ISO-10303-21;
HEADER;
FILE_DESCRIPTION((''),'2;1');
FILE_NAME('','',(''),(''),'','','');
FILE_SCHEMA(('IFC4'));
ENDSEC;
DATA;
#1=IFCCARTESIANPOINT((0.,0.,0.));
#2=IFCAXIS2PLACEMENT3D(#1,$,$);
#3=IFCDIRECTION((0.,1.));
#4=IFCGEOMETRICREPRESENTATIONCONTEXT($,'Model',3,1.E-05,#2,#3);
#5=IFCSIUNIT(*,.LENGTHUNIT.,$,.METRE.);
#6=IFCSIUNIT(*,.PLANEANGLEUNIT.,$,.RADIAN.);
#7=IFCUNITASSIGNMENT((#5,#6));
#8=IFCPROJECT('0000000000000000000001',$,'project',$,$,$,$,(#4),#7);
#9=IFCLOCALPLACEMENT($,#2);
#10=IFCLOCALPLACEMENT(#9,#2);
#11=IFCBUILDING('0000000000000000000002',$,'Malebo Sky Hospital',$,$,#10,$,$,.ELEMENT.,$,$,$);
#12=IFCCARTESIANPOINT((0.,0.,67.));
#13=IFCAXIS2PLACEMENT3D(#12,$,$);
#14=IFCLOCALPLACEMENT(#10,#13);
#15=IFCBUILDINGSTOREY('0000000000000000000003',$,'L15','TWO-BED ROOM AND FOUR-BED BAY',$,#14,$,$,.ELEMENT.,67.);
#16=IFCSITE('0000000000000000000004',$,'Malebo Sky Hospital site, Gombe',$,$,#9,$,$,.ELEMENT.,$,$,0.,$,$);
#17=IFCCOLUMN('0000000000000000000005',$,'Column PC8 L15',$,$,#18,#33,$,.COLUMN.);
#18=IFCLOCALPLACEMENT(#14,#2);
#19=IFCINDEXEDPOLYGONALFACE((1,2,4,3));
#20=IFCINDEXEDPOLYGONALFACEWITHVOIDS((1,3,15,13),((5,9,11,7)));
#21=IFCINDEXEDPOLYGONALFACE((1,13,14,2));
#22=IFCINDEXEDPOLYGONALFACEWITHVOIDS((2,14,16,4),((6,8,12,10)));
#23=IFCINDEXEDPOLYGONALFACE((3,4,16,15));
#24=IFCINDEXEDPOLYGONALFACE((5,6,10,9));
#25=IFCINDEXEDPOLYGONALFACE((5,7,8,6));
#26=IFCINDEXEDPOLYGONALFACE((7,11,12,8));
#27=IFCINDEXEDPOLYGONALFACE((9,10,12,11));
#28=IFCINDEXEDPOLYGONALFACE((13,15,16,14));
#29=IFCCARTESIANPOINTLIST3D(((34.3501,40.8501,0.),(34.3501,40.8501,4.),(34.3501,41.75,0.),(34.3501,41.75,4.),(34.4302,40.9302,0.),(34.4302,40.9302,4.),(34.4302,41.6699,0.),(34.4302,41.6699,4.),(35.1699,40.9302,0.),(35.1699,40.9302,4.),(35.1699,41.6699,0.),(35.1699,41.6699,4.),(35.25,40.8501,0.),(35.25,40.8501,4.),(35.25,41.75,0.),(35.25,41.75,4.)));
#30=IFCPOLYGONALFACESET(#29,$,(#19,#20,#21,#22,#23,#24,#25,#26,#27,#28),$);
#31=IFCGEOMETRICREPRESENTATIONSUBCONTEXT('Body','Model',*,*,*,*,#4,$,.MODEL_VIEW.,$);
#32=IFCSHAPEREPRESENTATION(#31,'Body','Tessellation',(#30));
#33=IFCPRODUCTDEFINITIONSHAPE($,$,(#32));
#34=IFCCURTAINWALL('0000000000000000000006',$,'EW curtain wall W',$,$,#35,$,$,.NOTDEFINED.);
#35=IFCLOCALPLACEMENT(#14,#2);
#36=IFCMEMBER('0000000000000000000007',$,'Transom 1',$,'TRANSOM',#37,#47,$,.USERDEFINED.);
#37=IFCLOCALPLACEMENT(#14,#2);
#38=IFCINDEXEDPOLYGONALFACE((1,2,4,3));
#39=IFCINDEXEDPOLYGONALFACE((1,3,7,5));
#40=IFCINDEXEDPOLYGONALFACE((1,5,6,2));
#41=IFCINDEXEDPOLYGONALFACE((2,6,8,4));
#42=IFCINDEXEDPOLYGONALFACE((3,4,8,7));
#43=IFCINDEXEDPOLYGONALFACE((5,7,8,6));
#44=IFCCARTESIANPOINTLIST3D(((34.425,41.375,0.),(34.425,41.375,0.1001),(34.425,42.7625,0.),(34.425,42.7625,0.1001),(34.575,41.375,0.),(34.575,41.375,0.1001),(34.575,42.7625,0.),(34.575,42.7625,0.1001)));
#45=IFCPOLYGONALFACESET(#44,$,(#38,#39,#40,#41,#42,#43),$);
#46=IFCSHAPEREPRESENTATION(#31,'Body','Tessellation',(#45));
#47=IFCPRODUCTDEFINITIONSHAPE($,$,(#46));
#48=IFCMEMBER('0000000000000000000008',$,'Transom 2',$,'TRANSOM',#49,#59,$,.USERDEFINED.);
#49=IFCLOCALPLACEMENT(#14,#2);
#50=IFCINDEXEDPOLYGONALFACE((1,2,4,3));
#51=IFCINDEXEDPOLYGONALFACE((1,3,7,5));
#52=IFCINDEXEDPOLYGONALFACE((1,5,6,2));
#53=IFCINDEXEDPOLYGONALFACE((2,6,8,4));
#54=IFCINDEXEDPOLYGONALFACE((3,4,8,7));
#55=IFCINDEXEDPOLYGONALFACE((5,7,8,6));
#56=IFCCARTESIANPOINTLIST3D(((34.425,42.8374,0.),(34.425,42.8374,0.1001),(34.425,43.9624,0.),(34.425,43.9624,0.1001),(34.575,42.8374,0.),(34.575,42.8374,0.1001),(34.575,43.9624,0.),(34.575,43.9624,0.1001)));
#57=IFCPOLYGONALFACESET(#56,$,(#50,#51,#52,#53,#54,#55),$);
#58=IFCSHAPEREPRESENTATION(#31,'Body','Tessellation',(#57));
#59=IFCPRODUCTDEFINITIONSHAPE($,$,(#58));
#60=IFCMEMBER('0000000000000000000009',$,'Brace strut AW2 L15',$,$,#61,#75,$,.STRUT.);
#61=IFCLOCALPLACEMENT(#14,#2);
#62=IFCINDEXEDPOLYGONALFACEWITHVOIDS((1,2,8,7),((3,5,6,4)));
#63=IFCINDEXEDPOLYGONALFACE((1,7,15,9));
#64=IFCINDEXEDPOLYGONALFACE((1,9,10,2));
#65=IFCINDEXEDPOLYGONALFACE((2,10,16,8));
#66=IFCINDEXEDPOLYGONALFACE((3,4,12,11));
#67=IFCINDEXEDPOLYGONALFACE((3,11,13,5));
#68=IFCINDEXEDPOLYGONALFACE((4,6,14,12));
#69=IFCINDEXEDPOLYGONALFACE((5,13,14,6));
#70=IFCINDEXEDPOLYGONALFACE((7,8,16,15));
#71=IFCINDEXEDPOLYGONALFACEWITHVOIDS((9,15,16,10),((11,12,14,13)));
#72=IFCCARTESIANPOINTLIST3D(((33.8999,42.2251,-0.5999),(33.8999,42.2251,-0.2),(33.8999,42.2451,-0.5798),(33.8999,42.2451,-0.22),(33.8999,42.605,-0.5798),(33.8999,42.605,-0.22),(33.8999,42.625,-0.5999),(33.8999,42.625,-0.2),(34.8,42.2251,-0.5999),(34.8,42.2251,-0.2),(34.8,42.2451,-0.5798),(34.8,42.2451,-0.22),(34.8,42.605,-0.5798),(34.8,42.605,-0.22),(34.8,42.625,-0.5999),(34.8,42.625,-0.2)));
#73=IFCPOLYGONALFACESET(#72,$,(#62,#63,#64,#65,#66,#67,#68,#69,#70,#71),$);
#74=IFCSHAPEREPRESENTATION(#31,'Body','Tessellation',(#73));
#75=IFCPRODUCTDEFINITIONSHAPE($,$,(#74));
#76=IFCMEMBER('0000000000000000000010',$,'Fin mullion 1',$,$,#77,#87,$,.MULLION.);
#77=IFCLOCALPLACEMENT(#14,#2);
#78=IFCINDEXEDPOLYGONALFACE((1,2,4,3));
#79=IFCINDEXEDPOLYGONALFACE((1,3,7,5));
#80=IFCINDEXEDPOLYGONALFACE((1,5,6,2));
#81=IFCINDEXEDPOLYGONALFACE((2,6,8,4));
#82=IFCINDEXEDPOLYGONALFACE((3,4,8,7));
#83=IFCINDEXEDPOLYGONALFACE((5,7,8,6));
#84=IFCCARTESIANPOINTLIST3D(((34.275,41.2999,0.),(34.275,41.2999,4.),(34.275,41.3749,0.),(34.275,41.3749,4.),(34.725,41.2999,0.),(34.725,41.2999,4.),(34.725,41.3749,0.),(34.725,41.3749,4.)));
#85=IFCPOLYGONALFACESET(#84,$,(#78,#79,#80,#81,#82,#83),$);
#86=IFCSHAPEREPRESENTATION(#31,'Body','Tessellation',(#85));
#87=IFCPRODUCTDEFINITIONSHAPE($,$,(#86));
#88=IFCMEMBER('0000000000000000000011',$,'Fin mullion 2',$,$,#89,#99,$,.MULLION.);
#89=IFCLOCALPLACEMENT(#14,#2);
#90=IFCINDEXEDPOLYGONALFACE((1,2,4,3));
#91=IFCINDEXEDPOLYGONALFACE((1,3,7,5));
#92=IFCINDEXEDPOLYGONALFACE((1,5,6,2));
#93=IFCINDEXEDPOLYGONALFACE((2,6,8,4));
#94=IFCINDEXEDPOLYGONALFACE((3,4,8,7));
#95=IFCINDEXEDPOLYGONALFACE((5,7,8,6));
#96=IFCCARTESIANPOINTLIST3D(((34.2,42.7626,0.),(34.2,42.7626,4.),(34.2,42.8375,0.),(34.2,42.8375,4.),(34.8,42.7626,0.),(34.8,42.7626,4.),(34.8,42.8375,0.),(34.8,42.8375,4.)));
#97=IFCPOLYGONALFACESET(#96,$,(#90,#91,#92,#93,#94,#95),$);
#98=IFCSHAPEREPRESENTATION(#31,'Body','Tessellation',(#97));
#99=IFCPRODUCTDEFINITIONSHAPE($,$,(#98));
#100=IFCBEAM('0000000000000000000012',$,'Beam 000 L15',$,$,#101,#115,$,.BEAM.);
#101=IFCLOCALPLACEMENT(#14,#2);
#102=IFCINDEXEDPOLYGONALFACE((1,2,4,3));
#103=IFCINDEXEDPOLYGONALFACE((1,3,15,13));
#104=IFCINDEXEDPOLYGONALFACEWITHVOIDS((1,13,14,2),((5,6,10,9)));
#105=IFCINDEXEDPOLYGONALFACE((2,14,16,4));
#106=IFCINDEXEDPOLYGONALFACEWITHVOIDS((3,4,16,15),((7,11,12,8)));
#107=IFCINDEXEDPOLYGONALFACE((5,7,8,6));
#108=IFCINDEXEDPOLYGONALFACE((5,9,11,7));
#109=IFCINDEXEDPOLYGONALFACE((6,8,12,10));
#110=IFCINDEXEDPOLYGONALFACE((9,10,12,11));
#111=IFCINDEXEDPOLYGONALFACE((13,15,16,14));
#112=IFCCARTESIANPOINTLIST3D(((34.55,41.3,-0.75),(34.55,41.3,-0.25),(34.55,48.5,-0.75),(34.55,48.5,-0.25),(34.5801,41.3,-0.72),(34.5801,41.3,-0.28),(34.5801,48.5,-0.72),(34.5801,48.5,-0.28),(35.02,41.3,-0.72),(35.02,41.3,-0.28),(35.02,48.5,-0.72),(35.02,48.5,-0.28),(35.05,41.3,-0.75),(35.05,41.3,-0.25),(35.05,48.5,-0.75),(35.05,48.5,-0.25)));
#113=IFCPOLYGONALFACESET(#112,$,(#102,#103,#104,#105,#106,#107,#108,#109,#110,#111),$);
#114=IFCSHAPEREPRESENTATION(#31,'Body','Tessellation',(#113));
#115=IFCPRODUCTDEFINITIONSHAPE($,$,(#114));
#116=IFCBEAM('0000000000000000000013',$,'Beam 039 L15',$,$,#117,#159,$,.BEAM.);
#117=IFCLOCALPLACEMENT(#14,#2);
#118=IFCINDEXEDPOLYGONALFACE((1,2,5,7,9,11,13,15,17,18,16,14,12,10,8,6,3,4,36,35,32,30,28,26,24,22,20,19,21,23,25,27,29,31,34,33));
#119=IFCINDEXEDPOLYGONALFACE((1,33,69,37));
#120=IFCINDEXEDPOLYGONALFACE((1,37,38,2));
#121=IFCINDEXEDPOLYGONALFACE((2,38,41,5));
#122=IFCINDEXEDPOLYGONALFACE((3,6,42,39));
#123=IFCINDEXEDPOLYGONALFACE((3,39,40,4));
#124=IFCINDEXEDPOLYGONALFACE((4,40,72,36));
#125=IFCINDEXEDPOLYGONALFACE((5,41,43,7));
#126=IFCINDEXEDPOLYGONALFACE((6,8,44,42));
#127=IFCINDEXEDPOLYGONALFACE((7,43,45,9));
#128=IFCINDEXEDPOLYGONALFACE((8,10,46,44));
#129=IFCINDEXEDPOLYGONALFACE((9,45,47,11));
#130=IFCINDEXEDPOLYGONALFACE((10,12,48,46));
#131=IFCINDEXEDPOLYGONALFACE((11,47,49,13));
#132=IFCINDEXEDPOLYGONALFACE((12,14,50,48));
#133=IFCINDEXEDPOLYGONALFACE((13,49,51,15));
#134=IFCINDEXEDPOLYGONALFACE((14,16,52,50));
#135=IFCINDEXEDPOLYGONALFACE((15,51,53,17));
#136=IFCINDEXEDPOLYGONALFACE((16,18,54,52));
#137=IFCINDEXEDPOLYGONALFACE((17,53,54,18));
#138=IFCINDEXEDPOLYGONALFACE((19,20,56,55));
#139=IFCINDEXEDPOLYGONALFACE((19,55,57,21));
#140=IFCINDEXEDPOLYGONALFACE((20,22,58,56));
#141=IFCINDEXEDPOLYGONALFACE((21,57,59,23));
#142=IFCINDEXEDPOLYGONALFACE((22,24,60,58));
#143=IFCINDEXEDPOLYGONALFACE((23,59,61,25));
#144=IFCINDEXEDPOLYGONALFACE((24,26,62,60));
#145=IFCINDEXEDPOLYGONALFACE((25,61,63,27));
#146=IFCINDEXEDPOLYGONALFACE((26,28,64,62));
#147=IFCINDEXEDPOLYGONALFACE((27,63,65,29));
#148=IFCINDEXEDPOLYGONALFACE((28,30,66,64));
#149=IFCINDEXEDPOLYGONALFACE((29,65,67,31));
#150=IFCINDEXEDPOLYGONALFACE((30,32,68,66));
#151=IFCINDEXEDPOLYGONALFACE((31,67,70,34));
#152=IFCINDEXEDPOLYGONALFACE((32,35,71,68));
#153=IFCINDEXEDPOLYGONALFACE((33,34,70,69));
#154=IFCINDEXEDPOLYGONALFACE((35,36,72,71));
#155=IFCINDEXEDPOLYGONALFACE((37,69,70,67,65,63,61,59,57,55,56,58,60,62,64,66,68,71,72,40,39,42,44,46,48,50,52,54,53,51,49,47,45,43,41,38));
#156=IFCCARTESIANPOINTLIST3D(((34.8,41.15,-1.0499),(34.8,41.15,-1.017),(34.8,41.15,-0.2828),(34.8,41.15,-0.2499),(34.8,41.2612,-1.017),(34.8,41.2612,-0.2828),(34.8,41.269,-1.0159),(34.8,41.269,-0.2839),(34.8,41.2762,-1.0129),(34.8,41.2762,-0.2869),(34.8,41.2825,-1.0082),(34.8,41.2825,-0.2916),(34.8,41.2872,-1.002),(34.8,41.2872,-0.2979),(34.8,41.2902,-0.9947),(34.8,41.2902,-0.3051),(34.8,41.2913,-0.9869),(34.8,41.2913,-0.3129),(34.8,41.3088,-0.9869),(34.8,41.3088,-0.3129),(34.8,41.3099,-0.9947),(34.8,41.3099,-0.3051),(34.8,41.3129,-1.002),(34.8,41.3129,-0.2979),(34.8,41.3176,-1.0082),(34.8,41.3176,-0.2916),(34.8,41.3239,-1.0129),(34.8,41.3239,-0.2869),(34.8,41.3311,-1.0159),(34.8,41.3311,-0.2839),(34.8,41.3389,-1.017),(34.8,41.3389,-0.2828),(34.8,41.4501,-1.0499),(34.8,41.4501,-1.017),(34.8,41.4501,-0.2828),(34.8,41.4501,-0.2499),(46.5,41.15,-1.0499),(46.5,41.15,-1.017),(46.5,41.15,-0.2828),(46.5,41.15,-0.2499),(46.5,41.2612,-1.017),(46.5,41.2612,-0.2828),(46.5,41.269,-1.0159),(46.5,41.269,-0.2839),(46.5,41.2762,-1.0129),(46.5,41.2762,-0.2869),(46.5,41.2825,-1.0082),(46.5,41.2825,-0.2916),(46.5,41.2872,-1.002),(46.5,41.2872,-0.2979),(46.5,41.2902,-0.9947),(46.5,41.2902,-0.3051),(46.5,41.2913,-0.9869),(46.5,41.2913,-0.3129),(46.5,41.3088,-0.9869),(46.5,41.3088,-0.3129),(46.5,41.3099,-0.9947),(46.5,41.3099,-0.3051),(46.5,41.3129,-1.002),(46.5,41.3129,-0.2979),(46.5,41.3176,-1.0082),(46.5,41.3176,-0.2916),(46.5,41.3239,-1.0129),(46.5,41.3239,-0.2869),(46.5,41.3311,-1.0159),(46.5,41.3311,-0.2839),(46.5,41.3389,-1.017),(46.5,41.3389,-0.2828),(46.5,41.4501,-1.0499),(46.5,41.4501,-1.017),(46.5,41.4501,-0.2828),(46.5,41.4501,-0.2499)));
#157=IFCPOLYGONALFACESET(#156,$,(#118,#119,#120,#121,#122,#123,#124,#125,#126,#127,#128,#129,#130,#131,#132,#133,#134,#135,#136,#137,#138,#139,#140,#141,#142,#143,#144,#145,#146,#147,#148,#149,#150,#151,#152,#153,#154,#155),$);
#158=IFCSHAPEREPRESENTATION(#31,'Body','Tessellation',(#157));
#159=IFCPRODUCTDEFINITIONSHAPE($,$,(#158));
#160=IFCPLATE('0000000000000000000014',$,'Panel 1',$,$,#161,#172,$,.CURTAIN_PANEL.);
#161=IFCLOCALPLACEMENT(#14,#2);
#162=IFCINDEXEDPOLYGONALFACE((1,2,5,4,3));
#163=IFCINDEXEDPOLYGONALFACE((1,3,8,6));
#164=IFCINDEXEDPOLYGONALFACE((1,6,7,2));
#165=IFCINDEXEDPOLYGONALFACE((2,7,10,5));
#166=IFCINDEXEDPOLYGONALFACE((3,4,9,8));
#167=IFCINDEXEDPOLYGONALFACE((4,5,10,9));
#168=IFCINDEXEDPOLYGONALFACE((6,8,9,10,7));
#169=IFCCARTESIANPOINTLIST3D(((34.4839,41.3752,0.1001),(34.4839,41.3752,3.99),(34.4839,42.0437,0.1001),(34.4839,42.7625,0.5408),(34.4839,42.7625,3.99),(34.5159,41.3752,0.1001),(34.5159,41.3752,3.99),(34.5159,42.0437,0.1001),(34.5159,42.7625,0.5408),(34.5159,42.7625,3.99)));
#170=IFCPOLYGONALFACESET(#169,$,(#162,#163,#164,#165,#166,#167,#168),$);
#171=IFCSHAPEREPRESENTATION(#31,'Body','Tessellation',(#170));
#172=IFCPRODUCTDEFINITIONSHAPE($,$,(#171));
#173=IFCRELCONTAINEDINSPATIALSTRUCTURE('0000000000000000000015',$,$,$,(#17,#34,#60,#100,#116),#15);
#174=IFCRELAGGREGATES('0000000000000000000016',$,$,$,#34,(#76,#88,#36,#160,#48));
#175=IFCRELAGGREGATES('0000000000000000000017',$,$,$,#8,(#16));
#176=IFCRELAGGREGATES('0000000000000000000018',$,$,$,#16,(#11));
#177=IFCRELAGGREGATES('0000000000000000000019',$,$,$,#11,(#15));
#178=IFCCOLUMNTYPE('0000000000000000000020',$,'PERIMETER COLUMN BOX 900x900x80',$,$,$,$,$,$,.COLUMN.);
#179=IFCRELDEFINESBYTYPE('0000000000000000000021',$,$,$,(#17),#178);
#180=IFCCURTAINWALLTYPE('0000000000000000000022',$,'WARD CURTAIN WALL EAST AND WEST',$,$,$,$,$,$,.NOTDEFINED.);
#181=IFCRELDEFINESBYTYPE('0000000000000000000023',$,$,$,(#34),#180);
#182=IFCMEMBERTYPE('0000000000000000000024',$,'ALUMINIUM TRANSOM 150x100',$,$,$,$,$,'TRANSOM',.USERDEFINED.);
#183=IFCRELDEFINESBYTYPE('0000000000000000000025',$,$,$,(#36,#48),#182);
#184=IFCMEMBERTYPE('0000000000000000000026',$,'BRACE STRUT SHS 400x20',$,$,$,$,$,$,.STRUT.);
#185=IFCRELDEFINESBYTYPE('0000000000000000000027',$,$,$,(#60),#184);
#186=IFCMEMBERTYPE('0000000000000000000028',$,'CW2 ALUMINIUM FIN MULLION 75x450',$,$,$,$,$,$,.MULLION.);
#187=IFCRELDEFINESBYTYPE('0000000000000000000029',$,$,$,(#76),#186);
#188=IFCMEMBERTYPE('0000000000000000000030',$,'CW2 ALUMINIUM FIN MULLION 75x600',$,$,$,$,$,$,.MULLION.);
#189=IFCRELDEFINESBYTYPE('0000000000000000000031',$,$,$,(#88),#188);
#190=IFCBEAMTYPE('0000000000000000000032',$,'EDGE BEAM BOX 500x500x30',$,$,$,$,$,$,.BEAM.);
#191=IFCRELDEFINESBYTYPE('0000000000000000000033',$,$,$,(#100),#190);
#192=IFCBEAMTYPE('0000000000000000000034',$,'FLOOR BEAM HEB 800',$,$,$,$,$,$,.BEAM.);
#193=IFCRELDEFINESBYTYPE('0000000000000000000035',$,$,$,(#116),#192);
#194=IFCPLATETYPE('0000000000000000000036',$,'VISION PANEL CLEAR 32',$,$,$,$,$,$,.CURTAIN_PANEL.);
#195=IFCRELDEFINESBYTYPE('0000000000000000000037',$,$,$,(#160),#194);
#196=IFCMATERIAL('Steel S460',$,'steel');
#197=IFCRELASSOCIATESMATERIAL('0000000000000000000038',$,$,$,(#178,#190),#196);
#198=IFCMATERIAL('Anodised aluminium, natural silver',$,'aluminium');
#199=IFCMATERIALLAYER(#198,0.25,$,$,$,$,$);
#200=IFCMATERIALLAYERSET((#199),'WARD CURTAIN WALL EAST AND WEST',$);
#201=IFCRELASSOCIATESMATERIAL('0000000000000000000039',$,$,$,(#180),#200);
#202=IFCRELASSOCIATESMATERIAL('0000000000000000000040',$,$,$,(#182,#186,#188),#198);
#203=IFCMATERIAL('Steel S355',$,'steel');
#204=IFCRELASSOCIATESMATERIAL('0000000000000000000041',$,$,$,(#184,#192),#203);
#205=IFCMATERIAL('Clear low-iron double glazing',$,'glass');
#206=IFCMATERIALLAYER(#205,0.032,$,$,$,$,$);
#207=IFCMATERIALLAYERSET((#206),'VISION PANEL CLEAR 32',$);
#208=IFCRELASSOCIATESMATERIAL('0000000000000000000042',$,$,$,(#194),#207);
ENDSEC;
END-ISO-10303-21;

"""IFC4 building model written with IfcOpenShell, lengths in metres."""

from ifc_helpers import new_model, si_unit, direction, frame, origin, origin_2d, place, context, subcontext, project, spatial, polyline, rectangle, hollow_rectangle, i_section, outline, extrude, material, layer, layer_set, material_profile, profile_set, type_object, element, aggregate, save


model = new_model("IFC4")

# Units and contexts
model_context = context("Model", 3, precision=1e-05, world=origin(), true_north=direction((0.0, 1.0)))
body_context = subcontext(model_context, "Body", "Model", "MODEL_VIEW")
ifc_project = project(units=[si_unit("LENGTHUNIT", "METRE"), si_unit("PLANEANGLEUNIT", "RADIAN")], contexts=[model_context])

# Site, building, storey
site_placement = place(None, origin())
site = spatial("IfcSite", under=ifc_project, at=site_placement, Name="Malebo Sky Hospital site, Gombe", CompositionType="ELEMENT", RefElevation=0.0)
building_placement = place(site_placement, origin())
building = spatial("IfcBuilding", under=site, at=building_placement, Name="Malebo Sky Hospital", CompositionType="ELEMENT")
storey_placement = place(building_placement, frame((0.0, 0.0, 67.0)))
storey = spatial("IfcBuildingStorey", under=building, at=storey_placement, Name="L15", Description="TWO-BED ROOM AND FOUR-BED BAY", CompositionType="ELEMENT", Elevation=67.0)

# Column
ifc_material_1 = material(Name="Steel S460", Category="steel")
ifc_material_profile_1 = material_profile(ifc_material_1, hollow_rectangle(XDim=0.8999, YDim=0.8999, WallThickness=0.0801, at=origin_2d()), Name="BOX 900x900x80")
ifc_profile_set_1 = profile_set([ifc_material_profile_1], Name="Steel S460")
column_type = type_object("IfcColumnType", Name="PERIMETER COLUMN BOX 900x900x80", PredefinedType="COLUMN", material=ifc_profile_set_1)
column_placement = place(storey_placement, frame((34.8, 41.3, 0.0), z_axis=(0.0, 0.0, 1.0), x_axis=(1.0, 0.0, 0.0)))
element("IfcColumn", 1, at=column_placement, inside=storey, type_object=column_type, Name="Column PC8 L15", PredefinedType="COLUMN", context=body_context, shape_type="SweptSolid", body=[
    extrude(hollow_rectangle(XDim=0.8999, YDim=0.8999, WallThickness=0.0801, at=origin_2d()), origin(), (0.0, 0.0, 1.0), 4.0),
])

# Curtain wall, members
ifc_material_2 = material(Name="Anodised aluminium, natural silver", Category="aluminium")
ifc_layer_1 = layer(ifc_material_2, 0.25)
ifc_layer_set_1 = layer_set([ifc_layer_1], Name="WARD CURTAIN WALL EAST AND WEST")
curtain_wall_type = type_object("IfcCurtainWallType", Name="WARD CURTAIN WALL EAST AND WEST", PredefinedType="NOTDEFINED", material=ifc_layer_set_1)
curtain_wall_placement = place(storey_placement, origin())
curtain_wall = element("IfcCurtainWall", 2, at=curtain_wall_placement, inside=storey, type_object=curtain_wall_type, Name="EW curtain wall W", PredefinedType="NOTDEFINED")
ifc_material_profile_2 = material_profile(ifc_material_2, rectangle(XDim=0.1499, YDim=0.1001, at=origin_2d()), Name="ALUMINIUM TRANSOM 150x100")
ifc_profile_set_2 = profile_set([ifc_material_profile_2], Name="Anodised aluminium, natural silver")
member_type_1 = type_object("IfcMemberType", Name="ALUMINIUM TRANSOM 150x100", ElementType="TRANSOM", PredefinedType="USERDEFINED", material=ifc_profile_set_2)
member_1_placement = place(storey_placement, frame((34.5, 41.375, 0.05), z_axis=(0.0, 1.0, 0.0), x_axis=(-1.0, 0.0, 0.0)))
member_1 = element("IfcMember", 3, at=member_1_placement, type_object=member_type_1, Name="Transom 1", ObjectType="TRANSOM", PredefinedType="USERDEFINED", context=body_context, shape_type="SweptSolid", body=[
    extrude(rectangle(XDim=0.1499, YDim=0.1001, at=origin_2d()), origin(), (0.0, 0.0, 1.0), 1.3875),
])
member_2_placement = place(storey_placement, frame((34.5, 42.8374, 0.05), z_axis=(0.0, 1.0, 0.0), x_axis=(-1.0, 0.0, 0.0)))
member_2 = element("IfcMember", 4, at=member_2_placement, type_object=member_type_1, Name="Transom 2", ObjectType="TRANSOM", PredefinedType="USERDEFINED", context=body_context, shape_type="SweptSolid", body=[
    extrude(rectangle(XDim=0.1499, YDim=0.1001, at=origin_2d()), origin(), (0.0, 0.0, 1.0), 1.125),
])

# Members
ifc_material_3 = material(Name="Steel S355", Category="steel")
ifc_material_profile_3 = material_profile(ifc_material_3, hollow_rectangle(XDim=0.3999, YDim=0.3999, WallThickness=0.02, at=origin_2d()), Name="SHS 400x20")
ifc_profile_set_3 = profile_set([ifc_material_profile_3], Name="Steel S355")
member_type_2 = type_object("IfcMemberType", Name="BRACE STRUT SHS 400x20", PredefinedType="STRUT", material=ifc_profile_set_3)
member_3_placement = place(storey_placement, frame((33.8999, 42.425, -0.3999), z_axis=(1.0, 0.0, 0.0), x_axis=(0.0, 1.0, 0.0)))
element("IfcMember", 5, at=member_3_placement, inside=storey, type_object=member_type_2, Name="Brace strut AW2 L15", PredefinedType="STRUT", context=body_context, shape_type="SweptSolid", body=[
    extrude(hollow_rectangle(XDim=0.3999, YDim=0.3999, WallThickness=0.02, at=origin_2d()), origin(), (0.0, 0.0, 1.0), 0.9001),
])
ifc_material_profile_4 = material_profile(ifc_material_2, rectangle(XDim=0.075, YDim=0.45, at=origin_2d()), Name="CW2 ALUMINIUM FIN MULLION 75x450")
ifc_profile_set_4 = profile_set([ifc_material_profile_4], Name="Anodised aluminium, natural silver")
member_type_3 = type_object("IfcMemberType", Name="CW2 ALUMINIUM FIN MULLION 75x450", PredefinedType="MULLION", material=ifc_profile_set_4)
member_4_placement = place(storey_placement, frame((34.5, 41.3374, 0.0), z_axis=(0.0, 0.0, 1.0), x_axis=(0.0, 1.0, 0.0)))
member_4 = element("IfcMember", 6, at=member_4_placement, type_object=member_type_3, Name="Fin mullion 1", PredefinedType="MULLION", context=body_context, shape_type="SweptSolid", body=[
    extrude(rectangle(XDim=0.075, YDim=0.45, at=origin_2d()), origin(), (0.0, 0.0, 1.0), 4.0),
])
ifc_material_profile_5 = material_profile(ifc_material_2, rectangle(XDim=0.075, YDim=0.6001, at=origin_2d()), Name="CW2 ALUMINIUM FIN MULLION 75x600")
ifc_profile_set_5 = profile_set([ifc_material_profile_5], Name="Anodised aluminium, natural silver")
member_type_4 = type_object("IfcMemberType", Name="CW2 ALUMINIUM FIN MULLION 75x600", PredefinedType="MULLION", material=ifc_profile_set_5)
member_5_placement = place(storey_placement, frame((34.5, 42.8, 0.0), z_axis=(0.0, 0.0, 1.0), x_axis=(0.0, 1.0, 0.0)))
member_5 = element("IfcMember", 7, at=member_5_placement, type_object=member_type_4, Name="Fin mullion 2", PredefinedType="MULLION", context=body_context, shape_type="SweptSolid", body=[
    extrude(rectangle(XDim=0.075, YDim=0.6001, at=origin_2d()), origin(), (0.0, 0.0, 1.0), 4.0),
])

# Beams
ifc_material_profile_6 = material_profile(ifc_material_1, hollow_rectangle(XDim=0.5, YDim=0.5, WallThickness=0.03, at=origin_2d()), Name="BOX 500x500x30")
ifc_profile_set_6 = profile_set([ifc_material_profile_6], Name="Steel S460")
beam_type_1 = type_object("IfcBeamType", Name="EDGE BEAM BOX 500x500x30", PredefinedType="BEAM", material=ifc_profile_set_6)
beam_1_placement = place(storey_placement, frame((34.8, 41.3, -0.5), z_axis=(0.0, 1.0, 0.0), x_axis=(-1.0, 0.0, 0.0)))
element("IfcBeam", 8, at=beam_1_placement, inside=storey, type_object=beam_type_1, Name="Beam 000 L15", PredefinedType="BEAM", context=body_context, shape_type="SweptSolid", body=[
    extrude(hollow_rectangle(XDim=0.5, YDim=0.5, WallThickness=0.03, at=origin_2d()), origin(), (0.0, 0.0, 1.0), 7.2),
])
ifc_material_profile_7 = material_profile(ifc_material_3, i_section(OverallWidth=0.3, OverallDepth=0.8, WebThickness=0.0176, FlangeThickness=0.033, FilletRadius=0.03, at=origin_2d()), Name="HEB 800")
ifc_profile_set_7 = profile_set([ifc_material_profile_7], Name="Steel S355")
beam_type_2 = type_object("IfcBeamType", Name="FLOOR BEAM HEB 800", PredefinedType="BEAM", material=ifc_profile_set_7)
beam_2_placement = place(storey_placement, frame((34.8, 41.3, -0.6499), z_axis=(1.0, 0.0, 0.0), x_axis=(0.0, 1.0, 0.0)))
element("IfcBeam", 9, at=beam_2_placement, inside=storey, type_object=beam_type_2, Name="Beam 039 L15", PredefinedType="BEAM", context=body_context, shape_type="SweptSolid", body=[
    extrude(i_section(OverallWidth=0.3, OverallDepth=0.8, WebThickness=0.0176, FlangeThickness=0.033, FilletRadius=0.03, at=origin_2d()), origin(), (0.0, 0.0, 1.0), 11.7),
])

# Plate
ifc_material_4 = material(Name="Clear low-iron double glazing", Category="glass")
ifc_layer_2 = layer(ifc_material_4, 0.032)
ifc_layer_set_2 = layer_set([ifc_layer_2], Name="VISION PANEL CLEAR 32")
plate_type = type_object("IfcPlateType", Name="VISION PANEL CLEAR 32", PredefinedType="CURTAIN_PANEL", material=ifc_layer_set_2)
plate_placement = place(storey_placement, frame((34.5, 42.0688, 0.1001), z_axis=(0.0, 0.0, 1.0), x_axis=(0.0, 1.0, 0.0)))
plate = element("IfcPlate", 10, at=plate_placement, type_object=plate_type, Name="Panel 1", PredefinedType="CURTAIN_PANEL", context=body_context, shape_type="SweptSolid", body=[
    extrude(outline(polyline([(-0.6936, 0.0), (-0.0251, 0.0), (0.6936, 0.4407), (0.6936, 3.8899), (-0.6936, 3.8899), (-0.6936, 0.0)])), frame((0.0, 0.0161, 0.0), z_axis=(0.0, -1.0, 0.0), x_axis=(1.0, 0.0, 0.0)), (0.0, 0.0, 1.0), 0.032),
])
aggregate(curtain_wall, [member_4, member_5, member_1, plate, member_2])

save(model, "model.ifc")
